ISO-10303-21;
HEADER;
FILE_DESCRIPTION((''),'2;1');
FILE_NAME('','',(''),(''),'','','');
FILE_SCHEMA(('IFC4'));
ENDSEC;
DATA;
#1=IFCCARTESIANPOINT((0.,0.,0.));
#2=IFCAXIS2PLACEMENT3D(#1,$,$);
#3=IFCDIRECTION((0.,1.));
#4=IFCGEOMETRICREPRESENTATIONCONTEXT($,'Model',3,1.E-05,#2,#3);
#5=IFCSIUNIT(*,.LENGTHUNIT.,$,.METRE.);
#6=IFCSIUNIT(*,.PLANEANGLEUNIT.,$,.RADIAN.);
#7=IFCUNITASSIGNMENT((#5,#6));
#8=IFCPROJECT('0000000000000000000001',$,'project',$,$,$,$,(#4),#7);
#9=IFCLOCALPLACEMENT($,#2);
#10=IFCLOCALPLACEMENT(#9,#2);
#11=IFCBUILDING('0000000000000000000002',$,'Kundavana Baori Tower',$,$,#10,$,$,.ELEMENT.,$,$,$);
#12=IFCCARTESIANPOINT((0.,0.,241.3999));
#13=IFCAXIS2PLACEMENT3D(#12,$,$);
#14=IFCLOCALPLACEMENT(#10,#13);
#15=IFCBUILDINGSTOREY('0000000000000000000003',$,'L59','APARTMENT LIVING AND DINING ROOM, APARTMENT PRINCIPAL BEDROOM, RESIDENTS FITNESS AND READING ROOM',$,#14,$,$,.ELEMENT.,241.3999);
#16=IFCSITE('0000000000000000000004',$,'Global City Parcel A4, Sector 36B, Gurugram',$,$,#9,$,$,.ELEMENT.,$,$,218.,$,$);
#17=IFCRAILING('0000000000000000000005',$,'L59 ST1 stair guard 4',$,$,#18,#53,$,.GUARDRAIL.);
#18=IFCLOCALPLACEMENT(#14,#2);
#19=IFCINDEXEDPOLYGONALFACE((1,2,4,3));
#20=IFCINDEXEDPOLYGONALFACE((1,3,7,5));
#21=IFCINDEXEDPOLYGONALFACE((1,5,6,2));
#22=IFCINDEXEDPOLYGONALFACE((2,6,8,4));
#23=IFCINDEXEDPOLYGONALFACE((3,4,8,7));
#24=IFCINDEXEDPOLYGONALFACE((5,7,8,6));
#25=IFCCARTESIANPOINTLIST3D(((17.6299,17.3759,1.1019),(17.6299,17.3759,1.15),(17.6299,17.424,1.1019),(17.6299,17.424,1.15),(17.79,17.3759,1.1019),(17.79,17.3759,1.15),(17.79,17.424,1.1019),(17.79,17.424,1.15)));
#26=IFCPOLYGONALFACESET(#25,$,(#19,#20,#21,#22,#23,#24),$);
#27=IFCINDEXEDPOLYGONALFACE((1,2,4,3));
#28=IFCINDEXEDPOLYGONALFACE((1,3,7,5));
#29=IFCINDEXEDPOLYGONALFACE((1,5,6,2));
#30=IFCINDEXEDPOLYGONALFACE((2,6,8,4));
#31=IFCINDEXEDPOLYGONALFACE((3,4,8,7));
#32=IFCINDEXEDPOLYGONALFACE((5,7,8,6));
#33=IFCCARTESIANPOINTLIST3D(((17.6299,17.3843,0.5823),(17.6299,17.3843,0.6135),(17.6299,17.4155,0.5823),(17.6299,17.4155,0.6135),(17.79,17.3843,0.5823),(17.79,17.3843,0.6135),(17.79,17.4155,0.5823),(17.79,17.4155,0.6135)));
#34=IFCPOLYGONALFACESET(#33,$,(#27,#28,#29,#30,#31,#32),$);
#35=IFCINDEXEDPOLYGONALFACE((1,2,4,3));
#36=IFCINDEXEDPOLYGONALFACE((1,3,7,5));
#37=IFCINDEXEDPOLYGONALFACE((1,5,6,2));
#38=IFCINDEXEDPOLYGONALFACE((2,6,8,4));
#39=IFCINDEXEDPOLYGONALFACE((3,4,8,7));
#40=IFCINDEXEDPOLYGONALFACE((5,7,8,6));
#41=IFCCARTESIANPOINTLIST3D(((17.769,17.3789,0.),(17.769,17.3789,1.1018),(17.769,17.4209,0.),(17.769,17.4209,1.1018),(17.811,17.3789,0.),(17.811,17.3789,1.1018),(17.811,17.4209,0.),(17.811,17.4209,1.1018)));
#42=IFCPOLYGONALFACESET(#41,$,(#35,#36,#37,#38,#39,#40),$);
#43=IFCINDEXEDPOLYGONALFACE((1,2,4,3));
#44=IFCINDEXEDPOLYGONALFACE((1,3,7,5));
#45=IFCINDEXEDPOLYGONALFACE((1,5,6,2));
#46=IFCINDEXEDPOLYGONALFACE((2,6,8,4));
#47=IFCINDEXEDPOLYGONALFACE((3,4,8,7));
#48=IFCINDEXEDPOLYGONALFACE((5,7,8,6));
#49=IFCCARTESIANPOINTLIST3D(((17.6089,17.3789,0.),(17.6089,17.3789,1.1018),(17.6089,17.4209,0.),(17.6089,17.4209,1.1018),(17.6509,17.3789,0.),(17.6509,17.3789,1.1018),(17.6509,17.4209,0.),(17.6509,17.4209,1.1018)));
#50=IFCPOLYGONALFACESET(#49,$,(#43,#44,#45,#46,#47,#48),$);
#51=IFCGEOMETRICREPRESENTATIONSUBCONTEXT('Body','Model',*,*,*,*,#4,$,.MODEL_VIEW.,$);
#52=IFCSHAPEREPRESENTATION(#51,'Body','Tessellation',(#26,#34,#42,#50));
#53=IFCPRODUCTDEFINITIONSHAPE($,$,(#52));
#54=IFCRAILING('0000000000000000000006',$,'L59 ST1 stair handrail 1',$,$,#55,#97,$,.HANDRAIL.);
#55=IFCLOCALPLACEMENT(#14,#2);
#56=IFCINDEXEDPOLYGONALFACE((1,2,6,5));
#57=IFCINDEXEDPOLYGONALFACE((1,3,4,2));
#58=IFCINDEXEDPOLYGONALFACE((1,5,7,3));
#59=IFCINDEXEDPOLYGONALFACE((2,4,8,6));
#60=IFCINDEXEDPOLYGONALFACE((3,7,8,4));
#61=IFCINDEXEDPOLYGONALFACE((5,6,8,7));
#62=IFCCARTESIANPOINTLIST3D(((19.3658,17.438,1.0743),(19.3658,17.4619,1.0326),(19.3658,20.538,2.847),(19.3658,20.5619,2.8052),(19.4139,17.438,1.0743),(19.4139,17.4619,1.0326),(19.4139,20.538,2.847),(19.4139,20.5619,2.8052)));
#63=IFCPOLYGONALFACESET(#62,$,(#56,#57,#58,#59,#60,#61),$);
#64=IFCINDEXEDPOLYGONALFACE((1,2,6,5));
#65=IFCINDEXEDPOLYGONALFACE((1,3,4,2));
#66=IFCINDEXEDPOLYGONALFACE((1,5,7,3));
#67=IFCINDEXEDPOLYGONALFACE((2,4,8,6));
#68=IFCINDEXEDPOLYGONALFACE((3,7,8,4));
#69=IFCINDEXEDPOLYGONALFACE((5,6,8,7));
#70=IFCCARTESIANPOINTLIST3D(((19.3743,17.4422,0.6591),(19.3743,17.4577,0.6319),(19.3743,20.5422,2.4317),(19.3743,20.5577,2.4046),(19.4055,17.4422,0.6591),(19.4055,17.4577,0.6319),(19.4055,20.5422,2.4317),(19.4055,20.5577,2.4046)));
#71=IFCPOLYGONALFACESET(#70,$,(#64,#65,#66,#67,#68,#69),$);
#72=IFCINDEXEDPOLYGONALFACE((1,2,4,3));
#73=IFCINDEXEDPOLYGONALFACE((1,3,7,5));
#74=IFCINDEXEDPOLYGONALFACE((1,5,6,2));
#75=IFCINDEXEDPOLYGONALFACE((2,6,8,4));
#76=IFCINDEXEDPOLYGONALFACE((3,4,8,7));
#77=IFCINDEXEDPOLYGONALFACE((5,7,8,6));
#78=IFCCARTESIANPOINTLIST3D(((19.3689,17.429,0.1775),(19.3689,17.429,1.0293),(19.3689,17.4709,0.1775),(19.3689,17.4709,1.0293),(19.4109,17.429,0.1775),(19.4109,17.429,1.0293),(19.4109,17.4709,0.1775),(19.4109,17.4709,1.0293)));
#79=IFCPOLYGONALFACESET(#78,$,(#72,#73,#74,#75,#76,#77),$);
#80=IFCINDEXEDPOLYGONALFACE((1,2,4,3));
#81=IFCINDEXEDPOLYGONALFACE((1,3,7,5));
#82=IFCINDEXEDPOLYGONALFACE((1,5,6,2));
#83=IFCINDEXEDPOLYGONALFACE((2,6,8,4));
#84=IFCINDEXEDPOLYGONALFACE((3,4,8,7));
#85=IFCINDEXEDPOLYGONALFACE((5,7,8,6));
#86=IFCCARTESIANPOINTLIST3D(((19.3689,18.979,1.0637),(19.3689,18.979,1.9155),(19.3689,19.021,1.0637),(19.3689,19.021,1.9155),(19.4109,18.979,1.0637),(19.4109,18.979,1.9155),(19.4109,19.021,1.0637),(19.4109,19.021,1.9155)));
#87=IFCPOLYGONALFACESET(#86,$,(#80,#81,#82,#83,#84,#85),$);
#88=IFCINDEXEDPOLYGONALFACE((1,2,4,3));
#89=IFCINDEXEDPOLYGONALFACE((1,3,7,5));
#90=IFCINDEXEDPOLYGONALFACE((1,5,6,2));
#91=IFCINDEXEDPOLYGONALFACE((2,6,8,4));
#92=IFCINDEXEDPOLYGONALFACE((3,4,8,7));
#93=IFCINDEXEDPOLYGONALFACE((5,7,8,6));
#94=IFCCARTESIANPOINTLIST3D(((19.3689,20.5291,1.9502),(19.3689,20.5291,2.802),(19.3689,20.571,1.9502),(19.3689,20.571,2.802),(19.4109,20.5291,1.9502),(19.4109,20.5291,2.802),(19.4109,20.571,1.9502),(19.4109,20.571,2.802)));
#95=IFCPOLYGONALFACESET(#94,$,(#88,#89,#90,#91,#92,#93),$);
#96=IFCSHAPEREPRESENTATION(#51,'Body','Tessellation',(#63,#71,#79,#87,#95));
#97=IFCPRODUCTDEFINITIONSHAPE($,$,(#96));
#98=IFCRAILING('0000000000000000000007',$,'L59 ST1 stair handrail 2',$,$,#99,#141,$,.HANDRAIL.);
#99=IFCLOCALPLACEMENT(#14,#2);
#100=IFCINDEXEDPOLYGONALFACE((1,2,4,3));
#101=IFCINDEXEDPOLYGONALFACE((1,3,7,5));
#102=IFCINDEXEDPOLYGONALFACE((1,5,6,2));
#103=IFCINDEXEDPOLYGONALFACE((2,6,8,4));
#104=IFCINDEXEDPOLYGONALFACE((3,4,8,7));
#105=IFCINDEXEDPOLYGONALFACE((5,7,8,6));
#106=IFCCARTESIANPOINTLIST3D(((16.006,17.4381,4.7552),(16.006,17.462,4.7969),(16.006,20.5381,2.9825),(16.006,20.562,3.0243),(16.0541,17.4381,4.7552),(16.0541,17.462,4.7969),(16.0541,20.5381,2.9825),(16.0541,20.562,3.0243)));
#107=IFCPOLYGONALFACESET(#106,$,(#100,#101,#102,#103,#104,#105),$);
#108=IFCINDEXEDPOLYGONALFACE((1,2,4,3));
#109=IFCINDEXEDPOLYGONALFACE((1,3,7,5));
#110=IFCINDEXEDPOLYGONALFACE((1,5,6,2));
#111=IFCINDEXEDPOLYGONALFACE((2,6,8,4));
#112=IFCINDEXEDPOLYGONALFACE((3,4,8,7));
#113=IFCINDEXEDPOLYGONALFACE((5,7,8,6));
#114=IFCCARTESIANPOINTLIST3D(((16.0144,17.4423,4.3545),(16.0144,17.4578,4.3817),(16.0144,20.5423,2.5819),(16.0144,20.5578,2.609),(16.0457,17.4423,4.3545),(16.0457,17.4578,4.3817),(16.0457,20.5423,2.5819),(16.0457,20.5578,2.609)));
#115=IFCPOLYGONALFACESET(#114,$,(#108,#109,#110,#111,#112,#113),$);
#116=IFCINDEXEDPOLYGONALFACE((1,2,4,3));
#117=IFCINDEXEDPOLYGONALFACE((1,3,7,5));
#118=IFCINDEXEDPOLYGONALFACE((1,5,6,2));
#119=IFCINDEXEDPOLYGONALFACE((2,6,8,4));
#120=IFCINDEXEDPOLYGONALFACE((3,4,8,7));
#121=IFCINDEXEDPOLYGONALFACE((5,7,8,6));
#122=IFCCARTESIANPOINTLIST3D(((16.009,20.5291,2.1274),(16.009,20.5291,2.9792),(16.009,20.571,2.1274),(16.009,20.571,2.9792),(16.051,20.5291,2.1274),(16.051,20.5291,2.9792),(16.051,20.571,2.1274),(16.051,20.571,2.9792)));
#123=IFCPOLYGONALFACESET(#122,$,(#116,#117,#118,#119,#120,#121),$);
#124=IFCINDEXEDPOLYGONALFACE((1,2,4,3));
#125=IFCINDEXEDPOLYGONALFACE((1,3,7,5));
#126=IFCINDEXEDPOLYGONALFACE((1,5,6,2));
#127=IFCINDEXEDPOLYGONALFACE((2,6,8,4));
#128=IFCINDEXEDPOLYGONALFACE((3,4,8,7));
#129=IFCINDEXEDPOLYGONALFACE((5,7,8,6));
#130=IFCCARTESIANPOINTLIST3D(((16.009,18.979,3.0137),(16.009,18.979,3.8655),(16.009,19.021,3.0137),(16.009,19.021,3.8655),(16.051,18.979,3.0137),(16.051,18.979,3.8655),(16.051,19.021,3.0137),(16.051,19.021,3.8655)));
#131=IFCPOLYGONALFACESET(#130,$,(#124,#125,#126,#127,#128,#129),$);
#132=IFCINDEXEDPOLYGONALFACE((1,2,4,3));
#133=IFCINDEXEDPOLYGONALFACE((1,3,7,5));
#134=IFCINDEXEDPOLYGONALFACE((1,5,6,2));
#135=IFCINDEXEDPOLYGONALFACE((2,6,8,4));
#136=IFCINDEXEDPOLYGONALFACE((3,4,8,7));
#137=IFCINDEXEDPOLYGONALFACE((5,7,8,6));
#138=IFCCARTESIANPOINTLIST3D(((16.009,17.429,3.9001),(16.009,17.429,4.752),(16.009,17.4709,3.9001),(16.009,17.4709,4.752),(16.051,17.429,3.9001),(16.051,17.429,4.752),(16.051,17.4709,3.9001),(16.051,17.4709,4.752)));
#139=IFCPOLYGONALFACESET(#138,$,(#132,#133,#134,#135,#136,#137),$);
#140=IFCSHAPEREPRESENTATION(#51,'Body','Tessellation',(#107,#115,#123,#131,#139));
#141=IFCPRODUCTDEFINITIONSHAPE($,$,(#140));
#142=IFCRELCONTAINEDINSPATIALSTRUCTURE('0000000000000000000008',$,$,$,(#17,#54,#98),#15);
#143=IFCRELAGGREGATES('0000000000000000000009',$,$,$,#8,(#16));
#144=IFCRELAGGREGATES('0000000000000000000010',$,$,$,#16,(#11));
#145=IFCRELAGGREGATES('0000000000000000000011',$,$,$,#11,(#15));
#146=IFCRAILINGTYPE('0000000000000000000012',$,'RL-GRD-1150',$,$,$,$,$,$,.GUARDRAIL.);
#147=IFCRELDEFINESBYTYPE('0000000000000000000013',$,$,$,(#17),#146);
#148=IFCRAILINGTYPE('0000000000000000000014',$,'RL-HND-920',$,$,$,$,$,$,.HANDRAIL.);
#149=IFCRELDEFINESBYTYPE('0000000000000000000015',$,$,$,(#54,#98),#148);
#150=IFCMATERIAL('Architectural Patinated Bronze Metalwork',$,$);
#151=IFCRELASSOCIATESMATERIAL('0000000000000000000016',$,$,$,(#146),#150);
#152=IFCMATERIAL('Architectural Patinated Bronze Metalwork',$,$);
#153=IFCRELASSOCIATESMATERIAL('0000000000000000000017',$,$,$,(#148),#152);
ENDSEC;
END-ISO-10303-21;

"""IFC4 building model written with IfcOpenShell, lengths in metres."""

from ifc_helpers import new_model, si_unit, direction, frame, origin, origin_2d, place, context, subcontext, project, spatial, rectangle, extrude, material, type_object, element, save


model = new_model("IFC4")

# Units and contexts
model_context = context("Model", 3, precision=1e-05, world=origin(), true_north=direction((0.0, 1.0)))
body_context = subcontext(model_context, "Body", "Model", "MODEL_VIEW")
ifc_project = project(units=[si_unit("LENGTHUNIT", "METRE"), si_unit("PLANEANGLEUNIT", "RADIAN")], contexts=[model_context])

# Site, building, storey
site_placement = place(None, origin())
site = spatial("IfcSite", under=ifc_project, at=site_placement, Name="Global City Parcel A4, Sector 36B, Gurugram", CompositionType="ELEMENT", RefElevation=218.0)
building_placement = place(site_placement, origin())
building = spatial("IfcBuilding", under=site, at=building_placement, Name="Kundavana Baori Tower", CompositionType="ELEMENT")
storey_placement = place(building_placement, frame((0.0, 0.0, 241.3999)))
storey = spatial("IfcBuildingStorey", under=building, at=storey_placement, Name="L59", Description="APARTMENT LIVING AND DINING ROOM, APARTMENT PRINCIPAL BEDROOM, RESIDENTS FITNESS AND READING ROOM", CompositionType="ELEMENT", Elevation=241.3999)

# Railings
ifc_material_1 = material(Name="Architectural Patinated Bronze Metalwork")
railing_type_1 = type_object("IfcRailingType", Name="RL-GRD-1150", PredefinedType="GUARDRAIL", material=ifc_material_1)
railing_1_placement = place(storey_placement, frame((17.79, 17.3999, 0.0)))
element("IfcRailing", 1, at=railing_1_placement, inside=storey, type_object=railing_type_1, Name="L59 ST1 stair guard 4", PredefinedType="GUARDRAIL", context=body_context, shape_type="SweptSolid", body=[
    extrude(rectangle(XDim=0.0481, YDim=0.0481, at=origin_2d()), frame((0.0, 0.0, 1.126), z_axis=(-1.0, 0.0, 0.0), x_axis=(0.0, -1.0, 0.0)), (0.0, 0.0, 1.0), 0.1602),
    extrude(rectangle(XDim=0.0312, YDim=0.0312, at=origin_2d()), frame((0.0, 0.0, 0.5979), z_axis=(-1.0, 0.0, 0.0), x_axis=(0.0, -1.0, 0.0)), (0.0, 0.0, 1.0), 0.1602),
    extrude(rectangle(XDim=0.042, YDim=0.042, at=origin_2d()), origin(), (0.0, 0.0, 1.0), 1.1018),
    extrude(rectangle(XDim=0.042, YDim=0.042, at=origin_2d()), frame((-0.1602, 0.0, 0.0)), (0.0, 0.0, 1.0), 1.1018),
])
ifc_material_2 = material(Name="Architectural Patinated Bronze Metalwork")
railing_type_2 = type_object("IfcRailingType", Name="RL-HND-920", PredefinedType="HANDRAIL", material=ifc_material_2)
railing_2_placement = place(storey_placement, frame((19.3899, 17.45, 0.1775)))
element("IfcRailing", 2, at=railing_2_placement, inside=storey, type_object=railing_type_2, Name="L59 ST1 stair handrail 1", PredefinedType="HANDRAIL", context=body_context, shape_type="SweptSolid", body=[
    extrude(rectangle(XDim=0.0481, YDim=0.0481, at=origin_2d()), frame((0.0, 0.0, 0.876), z_axis=(0.0, 0.868096, 0.496397), x_axis=(-1.0, 0.0, 0.0)), (0.0, 0.0, 1.0), 3.571),
    extrude(rectangle(XDim=0.0312, YDim=0.0312, at=origin_2d()), frame((0.0, 0.0, 0.468), z_axis=(0.0, 0.868096, 0.496397), x_axis=(-1.0, 0.0, 0.0)), (0.0, 0.0, 1.0), 3.571),
    extrude(rectangle(XDim=0.042, YDim=0.042, at=origin_2d()), origin(), (0.0, 0.0, 1.0), 0.8518),
    extrude(rectangle(XDim=0.042, YDim=0.042, at=origin_2d()), frame((0.0, 1.55, 0.8862)), (0.0, 0.0, 1.0), 0.8518),
    extrude(rectangle(XDim=0.042, YDim=0.042, at=origin_2d()), frame((0.0, 3.1001, 1.7727)), (0.0, 0.0, 1.0), 0.8518),
])
railing_3_placement = place(storey_placement, frame((16.03, 20.55, 2.1274)))
element("IfcRailing", 3, at=railing_3_placement, inside=storey, type_object=railing_type_2, Name="L59 ST1 stair handrail 2", PredefinedType="HANDRAIL", context=body_context, shape_type="SweptSolid", body=[
    extrude(rectangle(XDim=0.0481, YDim=0.0481, at=origin_2d()), frame((0.0, 0.0, 0.876), z_axis=(0.0, -0.868096, 0.496397), x_axis=(1.0, 0.0, 0.0)), (0.0, 0.0, 1.0), 3.571),
    extrude(rectangle(XDim=0.0312, YDim=0.0312, at=origin_2d()), frame((0.0, 0.0, 0.468), z_axis=(0.0, -0.868096, 0.496397), x_axis=(1.0, 0.0, 0.0)), (0.0, 0.0, 1.0), 3.571),
    extrude(rectangle(XDim=0.042, YDim=0.042, at=origin_2d()), origin(), (0.0, 0.0, 1.0), 0.8518),
    extrude(rectangle(XDim=0.042, YDim=0.042, at=origin_2d()), frame((0.0, -1.55, 0.8862)), (0.0, 0.0, 1.0), 0.8518),
    extrude(rectangle(XDim=0.042, YDim=0.042, at=origin_2d()), frame((0.0, -3.1001, 1.7727)), (0.0, 0.0, 1.0), 0.8518),
])

save(model, "model.ifc")
